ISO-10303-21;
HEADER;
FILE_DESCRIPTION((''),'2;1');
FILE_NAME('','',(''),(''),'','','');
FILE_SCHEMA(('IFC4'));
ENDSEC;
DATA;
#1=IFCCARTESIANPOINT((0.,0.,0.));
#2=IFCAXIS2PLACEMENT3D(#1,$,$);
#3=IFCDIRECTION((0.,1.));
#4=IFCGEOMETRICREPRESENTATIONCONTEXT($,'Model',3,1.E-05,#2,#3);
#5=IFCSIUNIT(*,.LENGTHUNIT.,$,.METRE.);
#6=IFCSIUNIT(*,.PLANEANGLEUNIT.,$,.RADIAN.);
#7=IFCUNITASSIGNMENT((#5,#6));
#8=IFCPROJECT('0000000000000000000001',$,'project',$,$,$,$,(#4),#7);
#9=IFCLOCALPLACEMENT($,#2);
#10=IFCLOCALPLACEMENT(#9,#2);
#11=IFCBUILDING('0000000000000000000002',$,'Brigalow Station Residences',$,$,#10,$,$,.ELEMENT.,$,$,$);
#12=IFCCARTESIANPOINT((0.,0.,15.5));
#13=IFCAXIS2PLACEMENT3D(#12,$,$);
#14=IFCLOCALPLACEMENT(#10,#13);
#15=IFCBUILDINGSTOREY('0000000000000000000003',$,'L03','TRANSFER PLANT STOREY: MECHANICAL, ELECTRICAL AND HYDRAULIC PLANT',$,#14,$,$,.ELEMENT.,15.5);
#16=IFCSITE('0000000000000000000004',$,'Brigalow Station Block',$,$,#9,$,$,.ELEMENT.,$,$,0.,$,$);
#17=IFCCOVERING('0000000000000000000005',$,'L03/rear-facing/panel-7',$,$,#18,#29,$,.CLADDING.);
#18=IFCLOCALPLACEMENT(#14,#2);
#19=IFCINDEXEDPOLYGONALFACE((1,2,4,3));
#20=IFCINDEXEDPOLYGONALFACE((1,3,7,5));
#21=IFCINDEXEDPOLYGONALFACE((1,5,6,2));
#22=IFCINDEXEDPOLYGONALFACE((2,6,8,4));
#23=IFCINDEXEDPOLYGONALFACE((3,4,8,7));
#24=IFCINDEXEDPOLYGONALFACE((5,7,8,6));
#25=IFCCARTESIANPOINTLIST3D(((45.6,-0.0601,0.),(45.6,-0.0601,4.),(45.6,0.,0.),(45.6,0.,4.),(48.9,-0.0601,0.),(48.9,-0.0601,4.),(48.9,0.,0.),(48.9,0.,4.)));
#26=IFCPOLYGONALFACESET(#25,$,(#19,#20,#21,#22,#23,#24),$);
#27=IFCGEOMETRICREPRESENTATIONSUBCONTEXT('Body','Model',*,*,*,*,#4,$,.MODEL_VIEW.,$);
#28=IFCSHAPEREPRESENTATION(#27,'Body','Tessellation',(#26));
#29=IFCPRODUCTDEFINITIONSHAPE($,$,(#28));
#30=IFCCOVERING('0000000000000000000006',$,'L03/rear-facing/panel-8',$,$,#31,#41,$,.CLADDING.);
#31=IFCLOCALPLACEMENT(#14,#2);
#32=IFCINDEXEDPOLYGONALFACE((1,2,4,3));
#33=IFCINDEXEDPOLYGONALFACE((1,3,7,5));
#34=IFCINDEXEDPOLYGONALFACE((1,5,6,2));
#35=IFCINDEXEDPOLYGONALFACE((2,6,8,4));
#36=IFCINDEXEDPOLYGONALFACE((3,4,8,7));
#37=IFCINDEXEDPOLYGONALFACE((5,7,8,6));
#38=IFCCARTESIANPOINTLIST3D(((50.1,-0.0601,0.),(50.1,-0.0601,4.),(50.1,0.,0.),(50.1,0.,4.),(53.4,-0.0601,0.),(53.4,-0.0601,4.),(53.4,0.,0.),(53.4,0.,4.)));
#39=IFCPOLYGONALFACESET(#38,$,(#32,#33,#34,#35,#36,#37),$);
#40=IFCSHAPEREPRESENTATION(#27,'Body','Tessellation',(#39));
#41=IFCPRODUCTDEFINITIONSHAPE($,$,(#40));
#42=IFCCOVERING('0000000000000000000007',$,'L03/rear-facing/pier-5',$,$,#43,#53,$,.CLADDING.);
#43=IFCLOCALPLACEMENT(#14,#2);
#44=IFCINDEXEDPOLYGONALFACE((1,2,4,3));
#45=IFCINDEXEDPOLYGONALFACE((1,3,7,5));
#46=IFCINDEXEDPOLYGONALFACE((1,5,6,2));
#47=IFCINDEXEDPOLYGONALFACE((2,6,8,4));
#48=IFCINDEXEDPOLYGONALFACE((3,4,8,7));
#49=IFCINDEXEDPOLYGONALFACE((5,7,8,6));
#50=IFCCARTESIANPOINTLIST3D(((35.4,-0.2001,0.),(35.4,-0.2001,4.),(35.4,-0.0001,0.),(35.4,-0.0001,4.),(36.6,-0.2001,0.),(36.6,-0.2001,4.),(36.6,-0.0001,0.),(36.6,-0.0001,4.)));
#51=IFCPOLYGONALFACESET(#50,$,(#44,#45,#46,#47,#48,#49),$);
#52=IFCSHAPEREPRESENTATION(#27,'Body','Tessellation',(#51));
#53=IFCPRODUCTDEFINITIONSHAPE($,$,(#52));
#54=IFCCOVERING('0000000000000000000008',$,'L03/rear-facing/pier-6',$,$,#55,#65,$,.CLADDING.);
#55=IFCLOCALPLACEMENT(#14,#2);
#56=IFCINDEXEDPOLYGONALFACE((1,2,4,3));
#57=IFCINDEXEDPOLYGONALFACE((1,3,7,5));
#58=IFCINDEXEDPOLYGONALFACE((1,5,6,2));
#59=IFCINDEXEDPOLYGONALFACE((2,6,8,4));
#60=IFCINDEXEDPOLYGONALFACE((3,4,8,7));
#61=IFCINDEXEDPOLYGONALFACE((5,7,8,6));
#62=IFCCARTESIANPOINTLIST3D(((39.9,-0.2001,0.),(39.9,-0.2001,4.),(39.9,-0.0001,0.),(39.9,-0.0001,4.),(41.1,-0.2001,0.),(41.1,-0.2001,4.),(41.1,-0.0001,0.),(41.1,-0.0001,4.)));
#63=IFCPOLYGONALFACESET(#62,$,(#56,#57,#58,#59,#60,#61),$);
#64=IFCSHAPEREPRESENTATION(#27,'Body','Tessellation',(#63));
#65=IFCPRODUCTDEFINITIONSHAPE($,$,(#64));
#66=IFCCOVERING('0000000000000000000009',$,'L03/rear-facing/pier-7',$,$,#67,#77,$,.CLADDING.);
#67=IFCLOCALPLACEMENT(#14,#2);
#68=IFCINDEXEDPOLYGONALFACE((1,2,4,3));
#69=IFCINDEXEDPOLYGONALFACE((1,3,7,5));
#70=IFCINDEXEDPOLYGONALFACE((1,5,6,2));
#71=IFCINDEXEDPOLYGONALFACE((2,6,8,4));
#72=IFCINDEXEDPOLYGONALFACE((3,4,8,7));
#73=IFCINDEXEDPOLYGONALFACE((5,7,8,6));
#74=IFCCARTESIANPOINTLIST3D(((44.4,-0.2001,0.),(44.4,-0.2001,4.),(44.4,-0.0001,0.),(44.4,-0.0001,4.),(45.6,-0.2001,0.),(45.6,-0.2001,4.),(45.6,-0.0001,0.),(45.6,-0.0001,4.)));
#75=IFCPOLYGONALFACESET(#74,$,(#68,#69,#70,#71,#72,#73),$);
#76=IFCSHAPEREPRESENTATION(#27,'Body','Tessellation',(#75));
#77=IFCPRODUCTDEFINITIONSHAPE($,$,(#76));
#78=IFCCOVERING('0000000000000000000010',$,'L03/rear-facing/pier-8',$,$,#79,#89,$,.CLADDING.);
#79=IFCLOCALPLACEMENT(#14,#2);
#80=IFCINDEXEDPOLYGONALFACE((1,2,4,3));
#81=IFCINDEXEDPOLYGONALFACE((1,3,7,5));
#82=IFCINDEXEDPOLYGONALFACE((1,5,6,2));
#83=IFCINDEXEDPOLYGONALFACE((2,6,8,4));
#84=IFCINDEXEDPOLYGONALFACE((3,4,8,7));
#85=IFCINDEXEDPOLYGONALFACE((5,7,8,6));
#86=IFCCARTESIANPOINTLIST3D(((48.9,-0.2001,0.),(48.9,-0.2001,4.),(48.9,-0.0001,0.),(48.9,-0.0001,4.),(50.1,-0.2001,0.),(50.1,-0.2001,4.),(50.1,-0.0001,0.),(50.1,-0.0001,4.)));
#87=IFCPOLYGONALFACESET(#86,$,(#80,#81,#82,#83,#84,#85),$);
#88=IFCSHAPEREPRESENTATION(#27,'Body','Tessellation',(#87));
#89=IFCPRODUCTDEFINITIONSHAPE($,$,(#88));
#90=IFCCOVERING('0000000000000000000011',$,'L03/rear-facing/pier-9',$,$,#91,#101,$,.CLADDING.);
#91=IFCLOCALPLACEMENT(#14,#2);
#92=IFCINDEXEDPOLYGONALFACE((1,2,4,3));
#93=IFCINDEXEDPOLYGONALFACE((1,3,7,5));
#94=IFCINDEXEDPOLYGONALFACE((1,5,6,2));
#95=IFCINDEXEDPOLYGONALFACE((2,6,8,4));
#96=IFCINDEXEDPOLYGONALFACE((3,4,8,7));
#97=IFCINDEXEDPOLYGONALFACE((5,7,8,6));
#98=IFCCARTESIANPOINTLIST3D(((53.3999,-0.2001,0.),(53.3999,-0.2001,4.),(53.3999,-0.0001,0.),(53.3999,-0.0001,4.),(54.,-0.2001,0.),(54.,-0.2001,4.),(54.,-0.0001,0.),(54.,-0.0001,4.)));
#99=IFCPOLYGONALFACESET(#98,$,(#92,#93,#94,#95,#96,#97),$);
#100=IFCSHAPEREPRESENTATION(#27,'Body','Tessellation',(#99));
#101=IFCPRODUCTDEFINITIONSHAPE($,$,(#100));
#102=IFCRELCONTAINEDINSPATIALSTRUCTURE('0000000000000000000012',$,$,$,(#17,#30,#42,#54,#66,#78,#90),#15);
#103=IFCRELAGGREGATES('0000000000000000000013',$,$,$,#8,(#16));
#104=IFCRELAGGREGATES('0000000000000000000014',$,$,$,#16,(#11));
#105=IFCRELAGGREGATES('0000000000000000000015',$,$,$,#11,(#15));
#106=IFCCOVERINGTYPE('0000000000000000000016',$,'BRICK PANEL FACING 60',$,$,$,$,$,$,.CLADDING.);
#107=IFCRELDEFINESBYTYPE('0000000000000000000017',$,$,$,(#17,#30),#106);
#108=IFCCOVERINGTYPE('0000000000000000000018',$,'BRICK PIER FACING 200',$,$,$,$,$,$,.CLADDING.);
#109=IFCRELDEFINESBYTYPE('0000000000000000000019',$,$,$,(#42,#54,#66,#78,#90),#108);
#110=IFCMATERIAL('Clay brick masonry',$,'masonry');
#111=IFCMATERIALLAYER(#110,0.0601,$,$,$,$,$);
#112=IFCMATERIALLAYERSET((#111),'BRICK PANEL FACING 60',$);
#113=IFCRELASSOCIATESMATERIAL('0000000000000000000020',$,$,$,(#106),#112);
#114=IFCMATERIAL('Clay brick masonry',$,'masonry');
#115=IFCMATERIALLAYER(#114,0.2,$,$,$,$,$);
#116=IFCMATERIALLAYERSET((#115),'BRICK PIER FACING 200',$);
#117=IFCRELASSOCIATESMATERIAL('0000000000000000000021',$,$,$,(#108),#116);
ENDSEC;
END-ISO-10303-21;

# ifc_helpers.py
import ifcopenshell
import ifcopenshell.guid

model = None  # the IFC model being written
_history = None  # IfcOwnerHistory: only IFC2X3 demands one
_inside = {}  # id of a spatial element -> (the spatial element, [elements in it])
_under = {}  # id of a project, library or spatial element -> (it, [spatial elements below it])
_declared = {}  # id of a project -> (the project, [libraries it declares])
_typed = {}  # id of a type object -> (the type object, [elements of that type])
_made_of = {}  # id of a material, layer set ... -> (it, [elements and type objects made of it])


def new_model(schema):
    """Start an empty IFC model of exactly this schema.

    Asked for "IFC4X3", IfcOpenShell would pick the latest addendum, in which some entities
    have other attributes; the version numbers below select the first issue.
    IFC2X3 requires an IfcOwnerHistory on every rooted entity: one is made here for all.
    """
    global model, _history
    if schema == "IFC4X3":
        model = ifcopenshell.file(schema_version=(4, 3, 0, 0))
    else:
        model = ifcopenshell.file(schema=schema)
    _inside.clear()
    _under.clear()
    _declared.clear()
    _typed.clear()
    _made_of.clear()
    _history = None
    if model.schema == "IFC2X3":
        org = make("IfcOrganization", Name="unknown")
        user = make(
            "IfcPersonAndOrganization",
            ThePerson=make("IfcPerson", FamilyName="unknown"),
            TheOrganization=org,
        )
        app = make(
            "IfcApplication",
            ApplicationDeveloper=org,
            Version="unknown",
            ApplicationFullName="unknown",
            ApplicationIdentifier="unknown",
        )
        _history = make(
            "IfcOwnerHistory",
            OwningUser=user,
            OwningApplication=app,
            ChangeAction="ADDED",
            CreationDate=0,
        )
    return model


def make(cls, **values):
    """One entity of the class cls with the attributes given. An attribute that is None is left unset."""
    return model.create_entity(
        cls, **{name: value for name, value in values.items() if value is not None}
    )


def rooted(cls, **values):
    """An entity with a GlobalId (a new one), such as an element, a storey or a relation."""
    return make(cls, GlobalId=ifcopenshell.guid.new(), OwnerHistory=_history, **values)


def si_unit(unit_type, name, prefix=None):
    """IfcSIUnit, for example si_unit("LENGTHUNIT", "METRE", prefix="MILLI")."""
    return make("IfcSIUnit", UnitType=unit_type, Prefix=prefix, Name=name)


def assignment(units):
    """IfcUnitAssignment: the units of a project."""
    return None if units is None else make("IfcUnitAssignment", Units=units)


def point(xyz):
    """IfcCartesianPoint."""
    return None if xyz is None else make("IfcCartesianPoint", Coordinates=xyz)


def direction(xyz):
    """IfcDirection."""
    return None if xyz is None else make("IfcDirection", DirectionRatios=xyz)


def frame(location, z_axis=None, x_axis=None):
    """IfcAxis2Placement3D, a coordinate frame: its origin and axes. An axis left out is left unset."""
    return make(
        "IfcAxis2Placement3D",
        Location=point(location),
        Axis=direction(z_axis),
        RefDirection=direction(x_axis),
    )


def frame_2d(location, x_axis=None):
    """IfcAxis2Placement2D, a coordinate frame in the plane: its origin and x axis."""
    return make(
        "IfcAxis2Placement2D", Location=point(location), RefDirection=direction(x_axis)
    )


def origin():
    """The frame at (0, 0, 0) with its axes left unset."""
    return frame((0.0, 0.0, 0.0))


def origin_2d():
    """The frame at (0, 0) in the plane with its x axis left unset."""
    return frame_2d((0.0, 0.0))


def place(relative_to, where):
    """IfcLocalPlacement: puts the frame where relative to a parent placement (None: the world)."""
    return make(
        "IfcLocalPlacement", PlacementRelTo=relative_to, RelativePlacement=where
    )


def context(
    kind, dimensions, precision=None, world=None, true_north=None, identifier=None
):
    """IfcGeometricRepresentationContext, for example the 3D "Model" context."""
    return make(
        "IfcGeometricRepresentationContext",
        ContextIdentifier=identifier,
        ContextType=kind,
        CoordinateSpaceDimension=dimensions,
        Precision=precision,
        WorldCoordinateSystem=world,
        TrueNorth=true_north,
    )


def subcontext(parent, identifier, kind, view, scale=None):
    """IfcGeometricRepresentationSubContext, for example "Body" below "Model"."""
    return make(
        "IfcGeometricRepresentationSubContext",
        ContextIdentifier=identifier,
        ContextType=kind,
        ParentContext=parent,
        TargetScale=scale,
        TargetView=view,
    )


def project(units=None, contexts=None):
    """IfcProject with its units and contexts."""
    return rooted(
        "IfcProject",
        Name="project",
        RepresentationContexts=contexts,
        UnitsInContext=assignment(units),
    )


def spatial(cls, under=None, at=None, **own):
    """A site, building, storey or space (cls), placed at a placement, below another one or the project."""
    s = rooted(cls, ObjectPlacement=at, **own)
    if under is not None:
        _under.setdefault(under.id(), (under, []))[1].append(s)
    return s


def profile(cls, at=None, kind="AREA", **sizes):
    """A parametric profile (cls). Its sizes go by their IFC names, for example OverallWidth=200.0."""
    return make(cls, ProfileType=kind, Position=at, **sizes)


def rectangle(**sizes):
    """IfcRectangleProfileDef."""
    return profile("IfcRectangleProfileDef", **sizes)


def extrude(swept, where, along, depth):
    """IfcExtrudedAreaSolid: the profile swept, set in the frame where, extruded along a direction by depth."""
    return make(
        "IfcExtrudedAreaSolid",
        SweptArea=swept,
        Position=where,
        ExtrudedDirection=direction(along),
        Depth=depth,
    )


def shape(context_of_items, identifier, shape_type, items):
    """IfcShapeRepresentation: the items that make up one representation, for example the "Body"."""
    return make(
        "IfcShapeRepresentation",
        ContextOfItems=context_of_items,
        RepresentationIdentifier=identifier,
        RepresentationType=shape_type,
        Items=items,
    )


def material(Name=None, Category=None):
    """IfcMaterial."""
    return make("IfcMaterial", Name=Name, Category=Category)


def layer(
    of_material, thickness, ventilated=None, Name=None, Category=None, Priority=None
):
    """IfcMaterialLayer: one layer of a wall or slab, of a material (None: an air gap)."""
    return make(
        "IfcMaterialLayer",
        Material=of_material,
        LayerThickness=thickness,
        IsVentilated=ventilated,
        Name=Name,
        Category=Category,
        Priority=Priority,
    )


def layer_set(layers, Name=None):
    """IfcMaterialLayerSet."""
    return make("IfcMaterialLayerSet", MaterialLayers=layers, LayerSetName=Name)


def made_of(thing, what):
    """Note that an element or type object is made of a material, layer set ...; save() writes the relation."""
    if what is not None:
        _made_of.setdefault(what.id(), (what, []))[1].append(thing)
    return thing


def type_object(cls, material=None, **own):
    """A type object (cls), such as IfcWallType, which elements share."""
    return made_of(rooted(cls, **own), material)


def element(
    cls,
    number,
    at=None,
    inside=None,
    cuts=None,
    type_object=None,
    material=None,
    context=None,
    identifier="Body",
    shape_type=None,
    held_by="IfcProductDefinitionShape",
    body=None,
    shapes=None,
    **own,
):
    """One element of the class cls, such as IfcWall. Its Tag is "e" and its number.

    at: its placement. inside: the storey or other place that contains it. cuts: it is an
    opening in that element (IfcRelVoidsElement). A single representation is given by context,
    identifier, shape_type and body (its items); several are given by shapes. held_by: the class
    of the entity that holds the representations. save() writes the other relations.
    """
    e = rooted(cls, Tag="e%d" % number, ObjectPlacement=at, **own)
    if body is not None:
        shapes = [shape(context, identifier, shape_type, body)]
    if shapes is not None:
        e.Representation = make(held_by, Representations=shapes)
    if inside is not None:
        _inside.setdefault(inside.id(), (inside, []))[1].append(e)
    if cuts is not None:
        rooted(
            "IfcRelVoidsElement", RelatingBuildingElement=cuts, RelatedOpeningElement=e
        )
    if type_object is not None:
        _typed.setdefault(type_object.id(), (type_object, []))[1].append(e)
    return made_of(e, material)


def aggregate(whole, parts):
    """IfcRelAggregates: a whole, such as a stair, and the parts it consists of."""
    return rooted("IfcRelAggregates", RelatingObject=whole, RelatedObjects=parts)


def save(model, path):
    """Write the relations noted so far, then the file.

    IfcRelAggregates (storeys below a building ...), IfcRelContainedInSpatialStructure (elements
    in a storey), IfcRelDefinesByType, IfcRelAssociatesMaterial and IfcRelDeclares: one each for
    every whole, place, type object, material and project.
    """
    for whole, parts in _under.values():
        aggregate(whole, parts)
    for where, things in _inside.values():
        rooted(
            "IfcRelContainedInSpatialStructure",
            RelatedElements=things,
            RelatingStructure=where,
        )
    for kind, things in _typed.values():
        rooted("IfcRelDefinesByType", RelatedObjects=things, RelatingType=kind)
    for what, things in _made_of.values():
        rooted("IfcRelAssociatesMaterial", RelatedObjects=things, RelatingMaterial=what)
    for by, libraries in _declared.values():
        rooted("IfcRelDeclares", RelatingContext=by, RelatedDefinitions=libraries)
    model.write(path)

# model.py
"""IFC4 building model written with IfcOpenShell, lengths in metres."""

from ifc_helpers import new_model, si_unit, direction, frame, origin, origin_2d, place, context, subcontext, project, spatial, rectangle, extrude, material, layer, layer_set, type_object, element, save


model = new_model("IFC4")

# Units and contexts
model_context = context("Model", 3, precision=1e-05, world=origin(), true_north=direction((0.0, 1.0)))
body_context = subcontext(model_context, "Body", "Model", "MODEL_VIEW")
ifc_project = project(units=[si_unit("LENGTHUNIT", "METRE"), si_unit("PLANEANGLEUNIT", "RADIAN")], contexts=[model_context])

# Site, building, storey
site_placement = place(None, origin())
site = spatial("IfcSite", under=ifc_project, at=site_placement, Name="Brigalow Station Block", CompositionType="ELEMENT", RefElevation=0.0)
building_placement = place(site_placement, origin())
building = spatial("IfcBuilding", under=site, at=building_placement, Name="Brigalow Station Residences", CompositionType="ELEMENT")
storey_placement = place(building_placement, frame((0.0, 0.0, 15.5)))
storey = spatial("IfcBuildingStorey", under=building, at=storey_placement, Name="L03", Description="TRANSFER PLANT STOREY: MECHANICAL, ELECTRICAL AND HYDRAULIC PLANT", CompositionType="ELEMENT", Elevation=15.5)

# Coverings
ifc_material_1 = material(Name="Clay brick masonry", Category="masonry")
ifc_layer_1 = layer(ifc_material_1, 0.0601)
ifc_layer_set_1 = layer_set([ifc_layer_1], Name="BRICK PANEL FACING 60")
covering_type_1 = type_object("IfcCoveringType", Name="BRICK PANEL FACING 60", PredefinedType="CLADDING", material=ifc_layer_set_1)
for number, where, z_axis, x_axis, name in (
    (1, (47.25, -0.03, 0.0), (0.0, 0.0, 1.0), (1.0, 0.0, 0.0), "L03/rear-facing/panel-7"),
    (2, (51.75, -0.03, 0.0), (0.0, 0.0, 1.0), (1.0, 0.0, 0.0), "L03/rear-facing/panel-8"),
):
    element("IfcCovering", number, at=place(storey_placement, frame(where, z_axis=z_axis, x_axis=x_axis)), inside=storey, type_object=covering_type_1, Name=name, PredefinedType="CLADDING", context=body_context, shape_type="SweptSolid", body=[
        extrude(rectangle(XDim=3.3, YDim=0.0601, at=origin_2d()), origin(), (0.0, 0.0, 1.0), 4.0),
    ])
ifc_material_2 = material(Name="Clay brick masonry", Category="masonry")
ifc_layer_2 = layer(ifc_material_2, 0.2)
ifc_layer_set_2 = layer_set([ifc_layer_2], Name="BRICK PIER FACING 200")
covering_type_2 = type_object("IfcCoveringType", Name="BRICK PIER FACING 200", PredefinedType="CLADDING", material=ifc_layer_set_2)
for number, where, z_axis, x_axis, name in (
    (3, (36.0, -0.1001, 0.0), (0.0, 0.0, 1.0), (1.0, 0.0, 0.0), "L03/rear-facing/pier-5"),
    (4, (40.5, -0.1001, 0.0), (0.0, 0.0, 1.0), (1.0, 0.0, 0.0), "L03/rear-facing/pier-6"),
    (5, (45.0, -0.1001, 0.0), (0.0, 0.0, 1.0), (1.0, 0.0, 0.0), "L03/rear-facing/pier-7"),
    (6, (49.5, -0.1001, 0.0), (0.0, 0.0, 1.0), (1.0, 0.0, 0.0), "L03/rear-facing/pier-8"),
):
    element("IfcCovering", number, at=place(storey_placement, frame(where, z_axis=z_axis, x_axis=x_axis)), inside=storey, type_object=covering_type_2, Name=name, PredefinedType="CLADDING", context=body_context, shape_type="SweptSolid", body=[
        extrude(rectangle(XDim=1.2, YDim=0.2, at=origin_2d()), origin(), (0.0, 0.0, 1.0), 4.0),
    ])
covering_placement = place(storey_placement, frame((53.7, -0.1001, 0.0), z_axis=(0.0, 0.0, 1.0), x_axis=(1.0, 0.0, 0.0)))
element("IfcCovering", 7, at=covering_placement, inside=storey, type_object=covering_type_2, Name="L03/rear-facing/pier-9", PredefinedType="CLADDING", context=body_context, shape_type="SweptSolid", body=[
    extrude(rectangle(XDim=0.6001, YDim=0.2, at=origin_2d()), origin(), (0.0, 0.0, 1.0), 4.0),
])

save(model, "model.ifc")
